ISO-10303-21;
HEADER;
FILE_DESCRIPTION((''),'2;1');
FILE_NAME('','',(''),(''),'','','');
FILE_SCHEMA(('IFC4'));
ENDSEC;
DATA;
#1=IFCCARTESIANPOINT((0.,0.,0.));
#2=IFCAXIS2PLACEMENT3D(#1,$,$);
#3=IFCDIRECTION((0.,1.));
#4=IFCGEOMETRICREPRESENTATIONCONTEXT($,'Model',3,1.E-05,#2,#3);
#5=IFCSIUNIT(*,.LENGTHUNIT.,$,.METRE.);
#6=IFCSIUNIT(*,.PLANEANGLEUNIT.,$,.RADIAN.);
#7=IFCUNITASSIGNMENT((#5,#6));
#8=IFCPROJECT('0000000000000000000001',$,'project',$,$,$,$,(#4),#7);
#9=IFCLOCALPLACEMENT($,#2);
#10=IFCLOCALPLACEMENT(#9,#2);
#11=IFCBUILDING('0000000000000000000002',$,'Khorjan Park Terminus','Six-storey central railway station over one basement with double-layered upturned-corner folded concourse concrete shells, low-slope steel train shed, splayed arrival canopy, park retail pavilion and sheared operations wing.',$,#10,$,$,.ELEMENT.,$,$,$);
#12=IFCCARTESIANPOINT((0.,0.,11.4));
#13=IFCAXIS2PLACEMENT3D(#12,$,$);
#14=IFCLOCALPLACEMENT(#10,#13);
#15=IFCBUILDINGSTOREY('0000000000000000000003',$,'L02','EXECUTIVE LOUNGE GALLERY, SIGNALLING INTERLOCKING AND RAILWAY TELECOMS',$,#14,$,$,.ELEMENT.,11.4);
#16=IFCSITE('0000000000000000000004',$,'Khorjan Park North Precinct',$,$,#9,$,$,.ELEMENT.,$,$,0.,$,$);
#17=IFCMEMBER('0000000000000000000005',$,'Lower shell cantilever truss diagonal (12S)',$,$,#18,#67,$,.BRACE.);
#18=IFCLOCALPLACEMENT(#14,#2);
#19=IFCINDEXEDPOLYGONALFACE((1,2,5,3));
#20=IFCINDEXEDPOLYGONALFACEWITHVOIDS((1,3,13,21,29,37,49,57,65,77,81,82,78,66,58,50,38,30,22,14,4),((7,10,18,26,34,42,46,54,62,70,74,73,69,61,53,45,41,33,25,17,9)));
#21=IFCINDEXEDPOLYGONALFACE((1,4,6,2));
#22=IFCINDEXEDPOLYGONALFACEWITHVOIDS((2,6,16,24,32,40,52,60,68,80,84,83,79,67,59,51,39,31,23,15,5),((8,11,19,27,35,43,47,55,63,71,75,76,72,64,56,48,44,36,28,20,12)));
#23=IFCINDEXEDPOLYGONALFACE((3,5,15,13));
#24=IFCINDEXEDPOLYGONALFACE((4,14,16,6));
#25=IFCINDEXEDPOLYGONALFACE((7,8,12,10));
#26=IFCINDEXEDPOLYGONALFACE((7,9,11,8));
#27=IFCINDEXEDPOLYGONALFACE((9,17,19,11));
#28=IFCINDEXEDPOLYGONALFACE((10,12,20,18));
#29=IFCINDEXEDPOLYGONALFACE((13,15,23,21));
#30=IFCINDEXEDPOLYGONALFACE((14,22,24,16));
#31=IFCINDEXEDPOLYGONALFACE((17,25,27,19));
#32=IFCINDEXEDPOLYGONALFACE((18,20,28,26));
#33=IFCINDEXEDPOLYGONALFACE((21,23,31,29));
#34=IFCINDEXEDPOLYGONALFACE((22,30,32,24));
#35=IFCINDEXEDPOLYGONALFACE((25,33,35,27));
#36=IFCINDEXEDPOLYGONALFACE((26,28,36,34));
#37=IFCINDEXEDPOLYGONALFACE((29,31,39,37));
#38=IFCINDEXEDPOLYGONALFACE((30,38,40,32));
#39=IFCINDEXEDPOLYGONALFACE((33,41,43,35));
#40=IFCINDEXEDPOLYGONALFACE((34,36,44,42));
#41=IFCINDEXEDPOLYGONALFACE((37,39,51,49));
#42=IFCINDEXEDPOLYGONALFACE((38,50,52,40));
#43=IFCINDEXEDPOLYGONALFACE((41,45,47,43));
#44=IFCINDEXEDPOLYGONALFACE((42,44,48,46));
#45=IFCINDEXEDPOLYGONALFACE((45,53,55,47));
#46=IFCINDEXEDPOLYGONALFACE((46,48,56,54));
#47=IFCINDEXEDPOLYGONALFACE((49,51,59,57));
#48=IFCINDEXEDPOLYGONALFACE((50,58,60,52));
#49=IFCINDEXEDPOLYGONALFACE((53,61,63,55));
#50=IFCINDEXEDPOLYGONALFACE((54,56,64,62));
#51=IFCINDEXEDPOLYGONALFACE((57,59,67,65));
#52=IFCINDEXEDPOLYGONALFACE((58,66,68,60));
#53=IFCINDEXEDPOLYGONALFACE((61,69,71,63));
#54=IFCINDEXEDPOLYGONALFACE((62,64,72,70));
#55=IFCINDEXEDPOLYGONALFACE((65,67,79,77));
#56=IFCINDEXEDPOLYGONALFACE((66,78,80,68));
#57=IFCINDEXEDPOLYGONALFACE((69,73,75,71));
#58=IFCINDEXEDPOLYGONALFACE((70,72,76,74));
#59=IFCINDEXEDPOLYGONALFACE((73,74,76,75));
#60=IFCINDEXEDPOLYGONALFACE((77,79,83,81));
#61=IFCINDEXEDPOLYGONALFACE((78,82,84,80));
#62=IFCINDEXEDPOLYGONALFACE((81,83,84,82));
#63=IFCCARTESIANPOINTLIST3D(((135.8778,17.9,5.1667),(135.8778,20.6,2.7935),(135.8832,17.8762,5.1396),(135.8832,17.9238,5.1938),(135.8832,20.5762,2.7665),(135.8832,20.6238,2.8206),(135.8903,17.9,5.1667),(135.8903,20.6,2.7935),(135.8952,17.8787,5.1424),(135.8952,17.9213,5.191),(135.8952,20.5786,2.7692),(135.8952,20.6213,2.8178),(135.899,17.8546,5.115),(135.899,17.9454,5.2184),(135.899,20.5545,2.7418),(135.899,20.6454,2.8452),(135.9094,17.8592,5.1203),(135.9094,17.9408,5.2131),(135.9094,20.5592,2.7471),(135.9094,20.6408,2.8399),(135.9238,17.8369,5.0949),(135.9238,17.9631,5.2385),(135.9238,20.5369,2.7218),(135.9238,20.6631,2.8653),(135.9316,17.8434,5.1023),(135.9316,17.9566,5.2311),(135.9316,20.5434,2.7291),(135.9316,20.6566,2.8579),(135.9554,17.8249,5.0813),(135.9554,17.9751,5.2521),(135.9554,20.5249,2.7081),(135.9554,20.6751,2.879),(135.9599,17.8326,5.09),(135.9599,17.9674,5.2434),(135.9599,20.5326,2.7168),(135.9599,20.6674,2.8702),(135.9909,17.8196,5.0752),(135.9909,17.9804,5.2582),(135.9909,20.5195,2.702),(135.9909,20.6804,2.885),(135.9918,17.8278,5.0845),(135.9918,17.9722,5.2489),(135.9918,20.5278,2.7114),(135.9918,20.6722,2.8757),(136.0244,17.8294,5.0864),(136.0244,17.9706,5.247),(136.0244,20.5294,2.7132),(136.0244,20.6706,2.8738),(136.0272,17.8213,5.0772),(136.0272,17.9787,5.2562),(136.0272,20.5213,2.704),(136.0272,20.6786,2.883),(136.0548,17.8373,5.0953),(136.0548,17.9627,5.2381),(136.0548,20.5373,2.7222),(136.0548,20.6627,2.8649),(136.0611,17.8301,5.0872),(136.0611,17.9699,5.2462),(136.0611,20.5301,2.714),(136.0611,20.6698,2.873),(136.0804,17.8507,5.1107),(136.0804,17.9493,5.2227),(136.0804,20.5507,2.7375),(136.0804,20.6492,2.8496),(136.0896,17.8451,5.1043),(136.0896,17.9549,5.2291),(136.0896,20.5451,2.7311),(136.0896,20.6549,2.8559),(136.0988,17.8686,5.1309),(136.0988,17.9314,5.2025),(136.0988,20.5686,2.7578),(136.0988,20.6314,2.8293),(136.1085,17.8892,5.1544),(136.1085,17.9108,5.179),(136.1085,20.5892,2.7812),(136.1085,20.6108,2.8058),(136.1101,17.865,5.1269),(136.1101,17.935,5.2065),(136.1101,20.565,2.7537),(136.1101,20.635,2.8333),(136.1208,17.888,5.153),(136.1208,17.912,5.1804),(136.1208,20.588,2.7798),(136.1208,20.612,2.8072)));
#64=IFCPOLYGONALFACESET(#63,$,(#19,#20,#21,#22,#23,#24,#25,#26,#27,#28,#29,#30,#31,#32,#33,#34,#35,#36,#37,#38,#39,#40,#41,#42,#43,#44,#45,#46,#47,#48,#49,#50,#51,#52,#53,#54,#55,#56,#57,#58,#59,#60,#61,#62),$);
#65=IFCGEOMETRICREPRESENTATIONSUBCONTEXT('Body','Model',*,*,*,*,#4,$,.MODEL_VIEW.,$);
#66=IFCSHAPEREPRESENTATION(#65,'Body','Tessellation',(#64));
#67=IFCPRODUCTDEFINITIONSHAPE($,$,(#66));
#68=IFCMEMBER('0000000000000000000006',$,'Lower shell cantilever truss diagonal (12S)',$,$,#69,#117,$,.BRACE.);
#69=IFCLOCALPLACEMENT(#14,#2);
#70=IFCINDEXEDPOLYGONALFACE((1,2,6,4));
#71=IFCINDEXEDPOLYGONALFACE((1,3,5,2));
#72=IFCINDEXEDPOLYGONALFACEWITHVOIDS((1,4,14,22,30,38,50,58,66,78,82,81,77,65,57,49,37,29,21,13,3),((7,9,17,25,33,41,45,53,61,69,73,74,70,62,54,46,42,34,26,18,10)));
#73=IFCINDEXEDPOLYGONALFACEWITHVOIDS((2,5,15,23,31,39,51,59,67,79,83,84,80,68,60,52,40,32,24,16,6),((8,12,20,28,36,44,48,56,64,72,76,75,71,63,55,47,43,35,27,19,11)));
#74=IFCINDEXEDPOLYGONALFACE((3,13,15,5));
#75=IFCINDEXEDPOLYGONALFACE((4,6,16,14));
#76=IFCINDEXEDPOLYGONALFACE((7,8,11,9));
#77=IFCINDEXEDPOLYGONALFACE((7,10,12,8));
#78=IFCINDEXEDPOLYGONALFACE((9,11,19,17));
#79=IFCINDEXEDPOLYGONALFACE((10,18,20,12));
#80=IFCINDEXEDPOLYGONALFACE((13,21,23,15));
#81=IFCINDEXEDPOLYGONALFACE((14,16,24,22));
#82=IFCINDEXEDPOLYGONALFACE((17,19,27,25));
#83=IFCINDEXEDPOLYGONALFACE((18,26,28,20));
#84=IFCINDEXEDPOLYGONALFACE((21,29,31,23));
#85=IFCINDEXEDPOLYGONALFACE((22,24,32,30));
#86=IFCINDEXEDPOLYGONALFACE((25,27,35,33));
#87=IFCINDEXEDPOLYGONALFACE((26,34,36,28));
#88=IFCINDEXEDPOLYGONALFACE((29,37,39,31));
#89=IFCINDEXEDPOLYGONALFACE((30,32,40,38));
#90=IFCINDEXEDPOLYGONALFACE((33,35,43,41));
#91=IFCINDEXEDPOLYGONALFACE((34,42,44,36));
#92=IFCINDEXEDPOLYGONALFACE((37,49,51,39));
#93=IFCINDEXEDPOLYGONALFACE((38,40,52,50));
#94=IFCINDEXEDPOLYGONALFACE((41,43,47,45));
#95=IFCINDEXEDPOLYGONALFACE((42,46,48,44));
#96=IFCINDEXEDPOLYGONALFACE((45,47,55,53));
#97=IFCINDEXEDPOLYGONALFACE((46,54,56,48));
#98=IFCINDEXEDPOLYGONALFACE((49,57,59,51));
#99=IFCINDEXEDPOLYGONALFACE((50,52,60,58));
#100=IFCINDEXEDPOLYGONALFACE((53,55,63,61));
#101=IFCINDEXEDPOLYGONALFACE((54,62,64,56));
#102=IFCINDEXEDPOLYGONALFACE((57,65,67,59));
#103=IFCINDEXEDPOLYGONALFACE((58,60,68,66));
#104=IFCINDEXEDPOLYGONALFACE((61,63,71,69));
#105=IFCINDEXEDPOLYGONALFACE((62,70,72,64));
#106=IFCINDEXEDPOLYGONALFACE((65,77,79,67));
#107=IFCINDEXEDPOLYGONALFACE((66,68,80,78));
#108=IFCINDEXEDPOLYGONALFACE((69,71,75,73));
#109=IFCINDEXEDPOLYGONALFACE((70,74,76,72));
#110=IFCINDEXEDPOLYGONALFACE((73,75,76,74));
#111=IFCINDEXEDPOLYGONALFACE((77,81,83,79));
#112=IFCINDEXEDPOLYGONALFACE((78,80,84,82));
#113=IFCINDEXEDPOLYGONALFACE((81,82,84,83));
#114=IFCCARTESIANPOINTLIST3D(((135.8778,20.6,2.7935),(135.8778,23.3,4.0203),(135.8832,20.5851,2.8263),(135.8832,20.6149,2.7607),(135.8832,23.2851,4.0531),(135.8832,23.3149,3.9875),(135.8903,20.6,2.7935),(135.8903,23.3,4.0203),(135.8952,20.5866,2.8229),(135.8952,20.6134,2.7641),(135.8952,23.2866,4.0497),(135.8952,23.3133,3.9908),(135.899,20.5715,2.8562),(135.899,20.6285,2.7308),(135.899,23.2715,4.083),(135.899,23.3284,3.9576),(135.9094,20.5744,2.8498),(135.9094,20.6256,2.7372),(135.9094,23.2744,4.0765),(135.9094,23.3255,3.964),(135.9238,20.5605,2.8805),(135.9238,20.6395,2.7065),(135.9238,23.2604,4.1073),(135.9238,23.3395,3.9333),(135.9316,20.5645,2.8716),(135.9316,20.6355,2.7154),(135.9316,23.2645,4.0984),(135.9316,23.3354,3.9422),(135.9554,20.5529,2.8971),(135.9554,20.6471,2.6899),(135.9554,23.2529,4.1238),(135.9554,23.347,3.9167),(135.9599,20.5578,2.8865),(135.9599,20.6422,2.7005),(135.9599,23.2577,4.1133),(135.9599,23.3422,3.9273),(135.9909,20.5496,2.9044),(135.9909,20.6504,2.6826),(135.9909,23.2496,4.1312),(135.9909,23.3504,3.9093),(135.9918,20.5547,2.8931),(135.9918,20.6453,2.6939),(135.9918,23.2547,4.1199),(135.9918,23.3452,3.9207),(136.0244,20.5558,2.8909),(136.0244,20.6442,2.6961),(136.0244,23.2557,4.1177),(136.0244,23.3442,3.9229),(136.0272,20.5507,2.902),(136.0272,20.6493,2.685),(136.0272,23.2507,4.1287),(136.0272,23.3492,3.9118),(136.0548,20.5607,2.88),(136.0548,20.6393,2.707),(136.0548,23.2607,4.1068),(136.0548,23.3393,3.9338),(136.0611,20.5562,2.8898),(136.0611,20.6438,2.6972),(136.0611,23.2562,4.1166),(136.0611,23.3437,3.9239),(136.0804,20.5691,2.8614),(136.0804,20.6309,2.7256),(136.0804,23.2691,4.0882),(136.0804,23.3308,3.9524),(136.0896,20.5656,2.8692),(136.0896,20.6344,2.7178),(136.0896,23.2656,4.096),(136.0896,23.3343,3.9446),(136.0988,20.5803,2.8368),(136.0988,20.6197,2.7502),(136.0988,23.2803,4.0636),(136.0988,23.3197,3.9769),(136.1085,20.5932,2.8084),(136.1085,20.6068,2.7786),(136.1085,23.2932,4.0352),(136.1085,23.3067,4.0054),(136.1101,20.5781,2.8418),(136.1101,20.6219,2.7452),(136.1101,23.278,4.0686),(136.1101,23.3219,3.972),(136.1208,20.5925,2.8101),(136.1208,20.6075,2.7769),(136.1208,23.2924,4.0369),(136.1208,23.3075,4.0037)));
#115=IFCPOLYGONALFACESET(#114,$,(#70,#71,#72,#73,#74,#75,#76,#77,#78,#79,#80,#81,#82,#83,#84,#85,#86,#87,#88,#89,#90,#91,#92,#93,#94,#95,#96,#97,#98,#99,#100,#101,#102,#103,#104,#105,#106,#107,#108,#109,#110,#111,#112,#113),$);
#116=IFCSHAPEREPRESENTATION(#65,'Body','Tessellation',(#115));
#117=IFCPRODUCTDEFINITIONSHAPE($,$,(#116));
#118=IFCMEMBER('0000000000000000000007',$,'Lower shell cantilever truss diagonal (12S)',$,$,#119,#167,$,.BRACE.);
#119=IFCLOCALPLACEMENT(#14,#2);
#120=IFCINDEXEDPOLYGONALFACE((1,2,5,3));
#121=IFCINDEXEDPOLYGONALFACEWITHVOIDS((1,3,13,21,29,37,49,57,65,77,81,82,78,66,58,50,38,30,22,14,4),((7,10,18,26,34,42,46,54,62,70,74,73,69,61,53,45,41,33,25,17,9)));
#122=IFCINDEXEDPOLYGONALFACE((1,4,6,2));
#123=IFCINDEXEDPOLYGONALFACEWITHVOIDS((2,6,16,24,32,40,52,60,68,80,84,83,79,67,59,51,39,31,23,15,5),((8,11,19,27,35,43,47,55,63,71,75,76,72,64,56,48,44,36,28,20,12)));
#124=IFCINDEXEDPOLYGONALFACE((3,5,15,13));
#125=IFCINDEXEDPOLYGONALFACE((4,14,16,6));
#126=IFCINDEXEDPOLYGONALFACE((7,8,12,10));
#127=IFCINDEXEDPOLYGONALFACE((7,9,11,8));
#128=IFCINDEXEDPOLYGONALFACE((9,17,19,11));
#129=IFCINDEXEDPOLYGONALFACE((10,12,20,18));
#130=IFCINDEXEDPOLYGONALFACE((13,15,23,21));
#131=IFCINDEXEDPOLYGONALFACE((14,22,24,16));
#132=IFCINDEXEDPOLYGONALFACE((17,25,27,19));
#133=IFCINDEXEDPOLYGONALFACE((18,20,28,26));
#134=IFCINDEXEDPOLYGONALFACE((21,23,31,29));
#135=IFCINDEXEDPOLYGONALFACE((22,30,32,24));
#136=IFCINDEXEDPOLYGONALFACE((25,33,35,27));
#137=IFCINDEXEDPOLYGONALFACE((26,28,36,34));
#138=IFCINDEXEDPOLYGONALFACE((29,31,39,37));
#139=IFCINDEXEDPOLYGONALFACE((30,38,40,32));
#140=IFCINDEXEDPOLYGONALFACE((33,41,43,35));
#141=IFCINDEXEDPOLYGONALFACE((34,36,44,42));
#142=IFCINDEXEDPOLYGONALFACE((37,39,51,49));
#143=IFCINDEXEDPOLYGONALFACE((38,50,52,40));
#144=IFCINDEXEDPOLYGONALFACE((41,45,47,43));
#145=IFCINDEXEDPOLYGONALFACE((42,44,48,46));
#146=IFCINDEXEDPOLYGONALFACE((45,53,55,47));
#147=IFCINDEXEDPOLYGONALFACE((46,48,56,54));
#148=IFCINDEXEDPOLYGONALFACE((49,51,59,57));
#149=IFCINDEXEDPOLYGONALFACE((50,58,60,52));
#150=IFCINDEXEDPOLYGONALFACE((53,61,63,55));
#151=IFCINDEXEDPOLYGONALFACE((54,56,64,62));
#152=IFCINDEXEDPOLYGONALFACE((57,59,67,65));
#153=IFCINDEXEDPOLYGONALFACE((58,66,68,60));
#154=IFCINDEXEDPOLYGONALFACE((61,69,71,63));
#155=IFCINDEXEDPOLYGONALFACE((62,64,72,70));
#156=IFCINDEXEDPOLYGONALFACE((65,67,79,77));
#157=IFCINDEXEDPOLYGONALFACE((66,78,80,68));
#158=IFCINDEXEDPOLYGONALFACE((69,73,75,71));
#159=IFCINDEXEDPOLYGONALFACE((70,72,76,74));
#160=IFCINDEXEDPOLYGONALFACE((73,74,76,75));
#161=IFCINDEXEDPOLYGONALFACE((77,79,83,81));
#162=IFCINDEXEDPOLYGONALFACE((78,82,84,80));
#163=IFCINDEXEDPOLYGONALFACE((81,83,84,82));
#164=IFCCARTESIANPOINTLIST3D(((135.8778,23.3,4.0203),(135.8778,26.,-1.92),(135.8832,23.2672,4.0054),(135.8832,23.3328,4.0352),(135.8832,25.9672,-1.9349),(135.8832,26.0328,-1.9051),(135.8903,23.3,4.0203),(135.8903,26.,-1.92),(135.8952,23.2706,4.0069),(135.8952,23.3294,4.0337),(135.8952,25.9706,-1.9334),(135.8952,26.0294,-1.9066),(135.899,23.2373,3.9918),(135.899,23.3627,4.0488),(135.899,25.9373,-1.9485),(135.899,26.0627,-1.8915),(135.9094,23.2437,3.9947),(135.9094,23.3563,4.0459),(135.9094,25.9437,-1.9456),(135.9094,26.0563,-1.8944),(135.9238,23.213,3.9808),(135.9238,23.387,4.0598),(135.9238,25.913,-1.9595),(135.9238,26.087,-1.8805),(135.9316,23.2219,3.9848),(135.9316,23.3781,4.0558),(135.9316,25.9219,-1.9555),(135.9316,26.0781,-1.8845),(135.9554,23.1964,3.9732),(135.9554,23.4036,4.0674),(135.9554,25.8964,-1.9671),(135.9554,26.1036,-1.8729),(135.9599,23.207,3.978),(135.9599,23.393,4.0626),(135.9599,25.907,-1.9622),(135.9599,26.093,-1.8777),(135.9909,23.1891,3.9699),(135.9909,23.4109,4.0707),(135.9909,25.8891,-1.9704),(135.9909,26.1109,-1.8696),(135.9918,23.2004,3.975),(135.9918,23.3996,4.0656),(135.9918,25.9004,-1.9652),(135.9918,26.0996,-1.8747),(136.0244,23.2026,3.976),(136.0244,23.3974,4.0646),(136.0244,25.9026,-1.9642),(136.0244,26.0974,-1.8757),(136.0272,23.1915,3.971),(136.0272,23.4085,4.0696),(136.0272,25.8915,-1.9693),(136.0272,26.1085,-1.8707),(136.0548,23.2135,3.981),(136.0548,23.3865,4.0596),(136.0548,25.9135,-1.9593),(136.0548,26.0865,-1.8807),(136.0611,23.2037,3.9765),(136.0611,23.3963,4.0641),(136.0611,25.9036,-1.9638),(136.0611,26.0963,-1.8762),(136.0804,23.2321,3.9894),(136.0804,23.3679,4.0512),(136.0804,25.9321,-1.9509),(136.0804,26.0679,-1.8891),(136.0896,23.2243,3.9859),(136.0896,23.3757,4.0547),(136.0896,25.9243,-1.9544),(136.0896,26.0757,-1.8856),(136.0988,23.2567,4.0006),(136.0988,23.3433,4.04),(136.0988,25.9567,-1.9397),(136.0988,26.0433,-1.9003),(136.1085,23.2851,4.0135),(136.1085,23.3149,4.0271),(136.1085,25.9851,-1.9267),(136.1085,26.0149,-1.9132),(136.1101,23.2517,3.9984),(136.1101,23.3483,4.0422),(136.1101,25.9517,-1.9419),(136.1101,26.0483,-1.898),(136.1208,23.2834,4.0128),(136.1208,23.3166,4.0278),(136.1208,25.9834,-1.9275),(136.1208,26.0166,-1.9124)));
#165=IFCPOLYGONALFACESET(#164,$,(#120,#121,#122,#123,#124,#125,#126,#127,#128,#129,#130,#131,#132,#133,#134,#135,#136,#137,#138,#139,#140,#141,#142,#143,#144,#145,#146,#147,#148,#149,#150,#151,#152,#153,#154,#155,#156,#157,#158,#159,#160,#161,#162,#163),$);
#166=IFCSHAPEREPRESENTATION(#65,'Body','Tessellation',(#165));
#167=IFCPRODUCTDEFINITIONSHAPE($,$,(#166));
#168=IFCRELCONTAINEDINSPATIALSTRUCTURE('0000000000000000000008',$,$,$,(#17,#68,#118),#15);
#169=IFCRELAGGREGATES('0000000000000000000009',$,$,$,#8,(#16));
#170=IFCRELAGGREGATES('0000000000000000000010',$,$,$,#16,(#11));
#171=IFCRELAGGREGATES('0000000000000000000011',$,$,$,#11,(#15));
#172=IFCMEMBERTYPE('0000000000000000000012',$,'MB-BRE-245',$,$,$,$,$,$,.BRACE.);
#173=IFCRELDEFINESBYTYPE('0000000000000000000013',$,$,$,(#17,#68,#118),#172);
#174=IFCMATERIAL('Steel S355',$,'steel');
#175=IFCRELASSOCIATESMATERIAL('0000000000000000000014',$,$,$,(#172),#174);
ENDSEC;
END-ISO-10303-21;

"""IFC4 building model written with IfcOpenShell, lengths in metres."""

from ifc_helpers import new_model, si_unit, direction, frame, origin, origin_2d, place, context, subcontext, project, spatial, hollow_circle, extrude, material, material_profile, profile_set, type_object, element, save


model = new_model("IFC4")

# Units and contexts
model_context = context("Model", 3, precision=1e-05, world=origin(), true_north=direction((0.0, 1.0)))
body_context = subcontext(model_context, "Body", "Model", "MODEL_VIEW")
ifc_project = project(units=[si_unit("LENGTHUNIT", "METRE"), si_unit("PLANEANGLEUNIT", "RADIAN")], contexts=[model_context])

# Site, building, storey
site_placement = place(None, origin())
site = spatial("IfcSite", under=ifc_project, at=site_placement, Name="Khorjan Park North Precinct", CompositionType="ELEMENT", RefElevation=0.0)
building_placement = place(site_placement, origin())
building = spatial("IfcBuilding", under=site, at=building_placement, Name="Khorjan Park Terminus", Description="Six-storey central railway station over one basement with double-layered upturned-corner folded concourse concrete shells, low-slope steel train shed, splayed arrival canopy, park retail pavilion and sheared operations wing.", CompositionType="ELEMENT")
storey_placement = place(building_placement, frame((0.0, 0.0, 11.4)))
storey = spatial("IfcBuildingStorey", under=building, at=storey_placement, Name="L02", Description="EXECUTIVE LOUNGE GALLERY, SIGNALLING INTERLOCKING AND RAILWAY TELECOMS", CompositionType="ELEMENT", Elevation=11.4)

# Members
ifc_material_1 = material(Name="Steel S355", Category="steel")
ifc_material_profile_1 = material_profile(ifc_material_1, hollow_circle(Radius=0.1222, WallThickness=0.0125, at=origin_2d()), Name="CHS 244.5x12.5")
ifc_profile_set_1 = profile_set([ifc_material_profile_1], Name="Steel S355")
member_type_1 = type_object("IfcMemberType", Name="MB-BRE-245", PredefinedType="BRACE", material=ifc_profile_set_1)
member_1_placement = place(storey_placement, frame((136.0, 17.9, 5.1667), z_axis=(0.0, 0.7511, -0.660189), x_axis=(-1.0, 0.0, 0.0)))
element("IfcMember", 1, at=member_1_placement, inside=storey, type_object=member_type_1, Name="Lower shell cantilever truss diagonal (12S)", PredefinedType="BRACE", context=body_context, shape_type="SweptSolid", body=[
    extrude(hollow_circle(Radius=0.1222, WallThickness=0.0125, at=origin_2d()), origin(), (0.0, 0.0, 1.0), 3.5947),
])
member_2_placement = place(storey_placement, frame((136.0, 20.6, 2.7935), z_axis=(0.0, 0.910427, 0.413671), x_axis=(-1.0, 0.0, 0.0)))
element("IfcMember", 2, at=member_2_placement, inside=storey, type_object=member_type_1, Name="Lower shell cantilever truss diagonal (12S)", PredefinedType="BRACE", context=body_context, shape_type="SweptSolid", body=[
    extrude(hollow_circle(Radius=0.1222, WallThickness=0.0125, at=origin_2d()), origin(), (0.0, 0.0, 1.0), 2.9656),
])
member_3_placement = place(storey_placement, frame((136.0, 23.3, 4.0203), z_axis=(0.0, 0.413786, -0.910374), x_axis=(-1.0, 0.0, 0.0)))
element("IfcMember", 3, at=member_3_placement, inside=storey, type_object=member_type_1, Name="Lower shell cantilever truss diagonal (12S)", PredefinedType="BRACE", context=body_context, shape_type="SweptSolid", body=[
    extrude(hollow_circle(Radius=0.1222, WallThickness=0.0125, at=origin_2d()), origin(), (0.0, 0.0, 1.0), 6.5251),
])

save(model, "model.ifc")
